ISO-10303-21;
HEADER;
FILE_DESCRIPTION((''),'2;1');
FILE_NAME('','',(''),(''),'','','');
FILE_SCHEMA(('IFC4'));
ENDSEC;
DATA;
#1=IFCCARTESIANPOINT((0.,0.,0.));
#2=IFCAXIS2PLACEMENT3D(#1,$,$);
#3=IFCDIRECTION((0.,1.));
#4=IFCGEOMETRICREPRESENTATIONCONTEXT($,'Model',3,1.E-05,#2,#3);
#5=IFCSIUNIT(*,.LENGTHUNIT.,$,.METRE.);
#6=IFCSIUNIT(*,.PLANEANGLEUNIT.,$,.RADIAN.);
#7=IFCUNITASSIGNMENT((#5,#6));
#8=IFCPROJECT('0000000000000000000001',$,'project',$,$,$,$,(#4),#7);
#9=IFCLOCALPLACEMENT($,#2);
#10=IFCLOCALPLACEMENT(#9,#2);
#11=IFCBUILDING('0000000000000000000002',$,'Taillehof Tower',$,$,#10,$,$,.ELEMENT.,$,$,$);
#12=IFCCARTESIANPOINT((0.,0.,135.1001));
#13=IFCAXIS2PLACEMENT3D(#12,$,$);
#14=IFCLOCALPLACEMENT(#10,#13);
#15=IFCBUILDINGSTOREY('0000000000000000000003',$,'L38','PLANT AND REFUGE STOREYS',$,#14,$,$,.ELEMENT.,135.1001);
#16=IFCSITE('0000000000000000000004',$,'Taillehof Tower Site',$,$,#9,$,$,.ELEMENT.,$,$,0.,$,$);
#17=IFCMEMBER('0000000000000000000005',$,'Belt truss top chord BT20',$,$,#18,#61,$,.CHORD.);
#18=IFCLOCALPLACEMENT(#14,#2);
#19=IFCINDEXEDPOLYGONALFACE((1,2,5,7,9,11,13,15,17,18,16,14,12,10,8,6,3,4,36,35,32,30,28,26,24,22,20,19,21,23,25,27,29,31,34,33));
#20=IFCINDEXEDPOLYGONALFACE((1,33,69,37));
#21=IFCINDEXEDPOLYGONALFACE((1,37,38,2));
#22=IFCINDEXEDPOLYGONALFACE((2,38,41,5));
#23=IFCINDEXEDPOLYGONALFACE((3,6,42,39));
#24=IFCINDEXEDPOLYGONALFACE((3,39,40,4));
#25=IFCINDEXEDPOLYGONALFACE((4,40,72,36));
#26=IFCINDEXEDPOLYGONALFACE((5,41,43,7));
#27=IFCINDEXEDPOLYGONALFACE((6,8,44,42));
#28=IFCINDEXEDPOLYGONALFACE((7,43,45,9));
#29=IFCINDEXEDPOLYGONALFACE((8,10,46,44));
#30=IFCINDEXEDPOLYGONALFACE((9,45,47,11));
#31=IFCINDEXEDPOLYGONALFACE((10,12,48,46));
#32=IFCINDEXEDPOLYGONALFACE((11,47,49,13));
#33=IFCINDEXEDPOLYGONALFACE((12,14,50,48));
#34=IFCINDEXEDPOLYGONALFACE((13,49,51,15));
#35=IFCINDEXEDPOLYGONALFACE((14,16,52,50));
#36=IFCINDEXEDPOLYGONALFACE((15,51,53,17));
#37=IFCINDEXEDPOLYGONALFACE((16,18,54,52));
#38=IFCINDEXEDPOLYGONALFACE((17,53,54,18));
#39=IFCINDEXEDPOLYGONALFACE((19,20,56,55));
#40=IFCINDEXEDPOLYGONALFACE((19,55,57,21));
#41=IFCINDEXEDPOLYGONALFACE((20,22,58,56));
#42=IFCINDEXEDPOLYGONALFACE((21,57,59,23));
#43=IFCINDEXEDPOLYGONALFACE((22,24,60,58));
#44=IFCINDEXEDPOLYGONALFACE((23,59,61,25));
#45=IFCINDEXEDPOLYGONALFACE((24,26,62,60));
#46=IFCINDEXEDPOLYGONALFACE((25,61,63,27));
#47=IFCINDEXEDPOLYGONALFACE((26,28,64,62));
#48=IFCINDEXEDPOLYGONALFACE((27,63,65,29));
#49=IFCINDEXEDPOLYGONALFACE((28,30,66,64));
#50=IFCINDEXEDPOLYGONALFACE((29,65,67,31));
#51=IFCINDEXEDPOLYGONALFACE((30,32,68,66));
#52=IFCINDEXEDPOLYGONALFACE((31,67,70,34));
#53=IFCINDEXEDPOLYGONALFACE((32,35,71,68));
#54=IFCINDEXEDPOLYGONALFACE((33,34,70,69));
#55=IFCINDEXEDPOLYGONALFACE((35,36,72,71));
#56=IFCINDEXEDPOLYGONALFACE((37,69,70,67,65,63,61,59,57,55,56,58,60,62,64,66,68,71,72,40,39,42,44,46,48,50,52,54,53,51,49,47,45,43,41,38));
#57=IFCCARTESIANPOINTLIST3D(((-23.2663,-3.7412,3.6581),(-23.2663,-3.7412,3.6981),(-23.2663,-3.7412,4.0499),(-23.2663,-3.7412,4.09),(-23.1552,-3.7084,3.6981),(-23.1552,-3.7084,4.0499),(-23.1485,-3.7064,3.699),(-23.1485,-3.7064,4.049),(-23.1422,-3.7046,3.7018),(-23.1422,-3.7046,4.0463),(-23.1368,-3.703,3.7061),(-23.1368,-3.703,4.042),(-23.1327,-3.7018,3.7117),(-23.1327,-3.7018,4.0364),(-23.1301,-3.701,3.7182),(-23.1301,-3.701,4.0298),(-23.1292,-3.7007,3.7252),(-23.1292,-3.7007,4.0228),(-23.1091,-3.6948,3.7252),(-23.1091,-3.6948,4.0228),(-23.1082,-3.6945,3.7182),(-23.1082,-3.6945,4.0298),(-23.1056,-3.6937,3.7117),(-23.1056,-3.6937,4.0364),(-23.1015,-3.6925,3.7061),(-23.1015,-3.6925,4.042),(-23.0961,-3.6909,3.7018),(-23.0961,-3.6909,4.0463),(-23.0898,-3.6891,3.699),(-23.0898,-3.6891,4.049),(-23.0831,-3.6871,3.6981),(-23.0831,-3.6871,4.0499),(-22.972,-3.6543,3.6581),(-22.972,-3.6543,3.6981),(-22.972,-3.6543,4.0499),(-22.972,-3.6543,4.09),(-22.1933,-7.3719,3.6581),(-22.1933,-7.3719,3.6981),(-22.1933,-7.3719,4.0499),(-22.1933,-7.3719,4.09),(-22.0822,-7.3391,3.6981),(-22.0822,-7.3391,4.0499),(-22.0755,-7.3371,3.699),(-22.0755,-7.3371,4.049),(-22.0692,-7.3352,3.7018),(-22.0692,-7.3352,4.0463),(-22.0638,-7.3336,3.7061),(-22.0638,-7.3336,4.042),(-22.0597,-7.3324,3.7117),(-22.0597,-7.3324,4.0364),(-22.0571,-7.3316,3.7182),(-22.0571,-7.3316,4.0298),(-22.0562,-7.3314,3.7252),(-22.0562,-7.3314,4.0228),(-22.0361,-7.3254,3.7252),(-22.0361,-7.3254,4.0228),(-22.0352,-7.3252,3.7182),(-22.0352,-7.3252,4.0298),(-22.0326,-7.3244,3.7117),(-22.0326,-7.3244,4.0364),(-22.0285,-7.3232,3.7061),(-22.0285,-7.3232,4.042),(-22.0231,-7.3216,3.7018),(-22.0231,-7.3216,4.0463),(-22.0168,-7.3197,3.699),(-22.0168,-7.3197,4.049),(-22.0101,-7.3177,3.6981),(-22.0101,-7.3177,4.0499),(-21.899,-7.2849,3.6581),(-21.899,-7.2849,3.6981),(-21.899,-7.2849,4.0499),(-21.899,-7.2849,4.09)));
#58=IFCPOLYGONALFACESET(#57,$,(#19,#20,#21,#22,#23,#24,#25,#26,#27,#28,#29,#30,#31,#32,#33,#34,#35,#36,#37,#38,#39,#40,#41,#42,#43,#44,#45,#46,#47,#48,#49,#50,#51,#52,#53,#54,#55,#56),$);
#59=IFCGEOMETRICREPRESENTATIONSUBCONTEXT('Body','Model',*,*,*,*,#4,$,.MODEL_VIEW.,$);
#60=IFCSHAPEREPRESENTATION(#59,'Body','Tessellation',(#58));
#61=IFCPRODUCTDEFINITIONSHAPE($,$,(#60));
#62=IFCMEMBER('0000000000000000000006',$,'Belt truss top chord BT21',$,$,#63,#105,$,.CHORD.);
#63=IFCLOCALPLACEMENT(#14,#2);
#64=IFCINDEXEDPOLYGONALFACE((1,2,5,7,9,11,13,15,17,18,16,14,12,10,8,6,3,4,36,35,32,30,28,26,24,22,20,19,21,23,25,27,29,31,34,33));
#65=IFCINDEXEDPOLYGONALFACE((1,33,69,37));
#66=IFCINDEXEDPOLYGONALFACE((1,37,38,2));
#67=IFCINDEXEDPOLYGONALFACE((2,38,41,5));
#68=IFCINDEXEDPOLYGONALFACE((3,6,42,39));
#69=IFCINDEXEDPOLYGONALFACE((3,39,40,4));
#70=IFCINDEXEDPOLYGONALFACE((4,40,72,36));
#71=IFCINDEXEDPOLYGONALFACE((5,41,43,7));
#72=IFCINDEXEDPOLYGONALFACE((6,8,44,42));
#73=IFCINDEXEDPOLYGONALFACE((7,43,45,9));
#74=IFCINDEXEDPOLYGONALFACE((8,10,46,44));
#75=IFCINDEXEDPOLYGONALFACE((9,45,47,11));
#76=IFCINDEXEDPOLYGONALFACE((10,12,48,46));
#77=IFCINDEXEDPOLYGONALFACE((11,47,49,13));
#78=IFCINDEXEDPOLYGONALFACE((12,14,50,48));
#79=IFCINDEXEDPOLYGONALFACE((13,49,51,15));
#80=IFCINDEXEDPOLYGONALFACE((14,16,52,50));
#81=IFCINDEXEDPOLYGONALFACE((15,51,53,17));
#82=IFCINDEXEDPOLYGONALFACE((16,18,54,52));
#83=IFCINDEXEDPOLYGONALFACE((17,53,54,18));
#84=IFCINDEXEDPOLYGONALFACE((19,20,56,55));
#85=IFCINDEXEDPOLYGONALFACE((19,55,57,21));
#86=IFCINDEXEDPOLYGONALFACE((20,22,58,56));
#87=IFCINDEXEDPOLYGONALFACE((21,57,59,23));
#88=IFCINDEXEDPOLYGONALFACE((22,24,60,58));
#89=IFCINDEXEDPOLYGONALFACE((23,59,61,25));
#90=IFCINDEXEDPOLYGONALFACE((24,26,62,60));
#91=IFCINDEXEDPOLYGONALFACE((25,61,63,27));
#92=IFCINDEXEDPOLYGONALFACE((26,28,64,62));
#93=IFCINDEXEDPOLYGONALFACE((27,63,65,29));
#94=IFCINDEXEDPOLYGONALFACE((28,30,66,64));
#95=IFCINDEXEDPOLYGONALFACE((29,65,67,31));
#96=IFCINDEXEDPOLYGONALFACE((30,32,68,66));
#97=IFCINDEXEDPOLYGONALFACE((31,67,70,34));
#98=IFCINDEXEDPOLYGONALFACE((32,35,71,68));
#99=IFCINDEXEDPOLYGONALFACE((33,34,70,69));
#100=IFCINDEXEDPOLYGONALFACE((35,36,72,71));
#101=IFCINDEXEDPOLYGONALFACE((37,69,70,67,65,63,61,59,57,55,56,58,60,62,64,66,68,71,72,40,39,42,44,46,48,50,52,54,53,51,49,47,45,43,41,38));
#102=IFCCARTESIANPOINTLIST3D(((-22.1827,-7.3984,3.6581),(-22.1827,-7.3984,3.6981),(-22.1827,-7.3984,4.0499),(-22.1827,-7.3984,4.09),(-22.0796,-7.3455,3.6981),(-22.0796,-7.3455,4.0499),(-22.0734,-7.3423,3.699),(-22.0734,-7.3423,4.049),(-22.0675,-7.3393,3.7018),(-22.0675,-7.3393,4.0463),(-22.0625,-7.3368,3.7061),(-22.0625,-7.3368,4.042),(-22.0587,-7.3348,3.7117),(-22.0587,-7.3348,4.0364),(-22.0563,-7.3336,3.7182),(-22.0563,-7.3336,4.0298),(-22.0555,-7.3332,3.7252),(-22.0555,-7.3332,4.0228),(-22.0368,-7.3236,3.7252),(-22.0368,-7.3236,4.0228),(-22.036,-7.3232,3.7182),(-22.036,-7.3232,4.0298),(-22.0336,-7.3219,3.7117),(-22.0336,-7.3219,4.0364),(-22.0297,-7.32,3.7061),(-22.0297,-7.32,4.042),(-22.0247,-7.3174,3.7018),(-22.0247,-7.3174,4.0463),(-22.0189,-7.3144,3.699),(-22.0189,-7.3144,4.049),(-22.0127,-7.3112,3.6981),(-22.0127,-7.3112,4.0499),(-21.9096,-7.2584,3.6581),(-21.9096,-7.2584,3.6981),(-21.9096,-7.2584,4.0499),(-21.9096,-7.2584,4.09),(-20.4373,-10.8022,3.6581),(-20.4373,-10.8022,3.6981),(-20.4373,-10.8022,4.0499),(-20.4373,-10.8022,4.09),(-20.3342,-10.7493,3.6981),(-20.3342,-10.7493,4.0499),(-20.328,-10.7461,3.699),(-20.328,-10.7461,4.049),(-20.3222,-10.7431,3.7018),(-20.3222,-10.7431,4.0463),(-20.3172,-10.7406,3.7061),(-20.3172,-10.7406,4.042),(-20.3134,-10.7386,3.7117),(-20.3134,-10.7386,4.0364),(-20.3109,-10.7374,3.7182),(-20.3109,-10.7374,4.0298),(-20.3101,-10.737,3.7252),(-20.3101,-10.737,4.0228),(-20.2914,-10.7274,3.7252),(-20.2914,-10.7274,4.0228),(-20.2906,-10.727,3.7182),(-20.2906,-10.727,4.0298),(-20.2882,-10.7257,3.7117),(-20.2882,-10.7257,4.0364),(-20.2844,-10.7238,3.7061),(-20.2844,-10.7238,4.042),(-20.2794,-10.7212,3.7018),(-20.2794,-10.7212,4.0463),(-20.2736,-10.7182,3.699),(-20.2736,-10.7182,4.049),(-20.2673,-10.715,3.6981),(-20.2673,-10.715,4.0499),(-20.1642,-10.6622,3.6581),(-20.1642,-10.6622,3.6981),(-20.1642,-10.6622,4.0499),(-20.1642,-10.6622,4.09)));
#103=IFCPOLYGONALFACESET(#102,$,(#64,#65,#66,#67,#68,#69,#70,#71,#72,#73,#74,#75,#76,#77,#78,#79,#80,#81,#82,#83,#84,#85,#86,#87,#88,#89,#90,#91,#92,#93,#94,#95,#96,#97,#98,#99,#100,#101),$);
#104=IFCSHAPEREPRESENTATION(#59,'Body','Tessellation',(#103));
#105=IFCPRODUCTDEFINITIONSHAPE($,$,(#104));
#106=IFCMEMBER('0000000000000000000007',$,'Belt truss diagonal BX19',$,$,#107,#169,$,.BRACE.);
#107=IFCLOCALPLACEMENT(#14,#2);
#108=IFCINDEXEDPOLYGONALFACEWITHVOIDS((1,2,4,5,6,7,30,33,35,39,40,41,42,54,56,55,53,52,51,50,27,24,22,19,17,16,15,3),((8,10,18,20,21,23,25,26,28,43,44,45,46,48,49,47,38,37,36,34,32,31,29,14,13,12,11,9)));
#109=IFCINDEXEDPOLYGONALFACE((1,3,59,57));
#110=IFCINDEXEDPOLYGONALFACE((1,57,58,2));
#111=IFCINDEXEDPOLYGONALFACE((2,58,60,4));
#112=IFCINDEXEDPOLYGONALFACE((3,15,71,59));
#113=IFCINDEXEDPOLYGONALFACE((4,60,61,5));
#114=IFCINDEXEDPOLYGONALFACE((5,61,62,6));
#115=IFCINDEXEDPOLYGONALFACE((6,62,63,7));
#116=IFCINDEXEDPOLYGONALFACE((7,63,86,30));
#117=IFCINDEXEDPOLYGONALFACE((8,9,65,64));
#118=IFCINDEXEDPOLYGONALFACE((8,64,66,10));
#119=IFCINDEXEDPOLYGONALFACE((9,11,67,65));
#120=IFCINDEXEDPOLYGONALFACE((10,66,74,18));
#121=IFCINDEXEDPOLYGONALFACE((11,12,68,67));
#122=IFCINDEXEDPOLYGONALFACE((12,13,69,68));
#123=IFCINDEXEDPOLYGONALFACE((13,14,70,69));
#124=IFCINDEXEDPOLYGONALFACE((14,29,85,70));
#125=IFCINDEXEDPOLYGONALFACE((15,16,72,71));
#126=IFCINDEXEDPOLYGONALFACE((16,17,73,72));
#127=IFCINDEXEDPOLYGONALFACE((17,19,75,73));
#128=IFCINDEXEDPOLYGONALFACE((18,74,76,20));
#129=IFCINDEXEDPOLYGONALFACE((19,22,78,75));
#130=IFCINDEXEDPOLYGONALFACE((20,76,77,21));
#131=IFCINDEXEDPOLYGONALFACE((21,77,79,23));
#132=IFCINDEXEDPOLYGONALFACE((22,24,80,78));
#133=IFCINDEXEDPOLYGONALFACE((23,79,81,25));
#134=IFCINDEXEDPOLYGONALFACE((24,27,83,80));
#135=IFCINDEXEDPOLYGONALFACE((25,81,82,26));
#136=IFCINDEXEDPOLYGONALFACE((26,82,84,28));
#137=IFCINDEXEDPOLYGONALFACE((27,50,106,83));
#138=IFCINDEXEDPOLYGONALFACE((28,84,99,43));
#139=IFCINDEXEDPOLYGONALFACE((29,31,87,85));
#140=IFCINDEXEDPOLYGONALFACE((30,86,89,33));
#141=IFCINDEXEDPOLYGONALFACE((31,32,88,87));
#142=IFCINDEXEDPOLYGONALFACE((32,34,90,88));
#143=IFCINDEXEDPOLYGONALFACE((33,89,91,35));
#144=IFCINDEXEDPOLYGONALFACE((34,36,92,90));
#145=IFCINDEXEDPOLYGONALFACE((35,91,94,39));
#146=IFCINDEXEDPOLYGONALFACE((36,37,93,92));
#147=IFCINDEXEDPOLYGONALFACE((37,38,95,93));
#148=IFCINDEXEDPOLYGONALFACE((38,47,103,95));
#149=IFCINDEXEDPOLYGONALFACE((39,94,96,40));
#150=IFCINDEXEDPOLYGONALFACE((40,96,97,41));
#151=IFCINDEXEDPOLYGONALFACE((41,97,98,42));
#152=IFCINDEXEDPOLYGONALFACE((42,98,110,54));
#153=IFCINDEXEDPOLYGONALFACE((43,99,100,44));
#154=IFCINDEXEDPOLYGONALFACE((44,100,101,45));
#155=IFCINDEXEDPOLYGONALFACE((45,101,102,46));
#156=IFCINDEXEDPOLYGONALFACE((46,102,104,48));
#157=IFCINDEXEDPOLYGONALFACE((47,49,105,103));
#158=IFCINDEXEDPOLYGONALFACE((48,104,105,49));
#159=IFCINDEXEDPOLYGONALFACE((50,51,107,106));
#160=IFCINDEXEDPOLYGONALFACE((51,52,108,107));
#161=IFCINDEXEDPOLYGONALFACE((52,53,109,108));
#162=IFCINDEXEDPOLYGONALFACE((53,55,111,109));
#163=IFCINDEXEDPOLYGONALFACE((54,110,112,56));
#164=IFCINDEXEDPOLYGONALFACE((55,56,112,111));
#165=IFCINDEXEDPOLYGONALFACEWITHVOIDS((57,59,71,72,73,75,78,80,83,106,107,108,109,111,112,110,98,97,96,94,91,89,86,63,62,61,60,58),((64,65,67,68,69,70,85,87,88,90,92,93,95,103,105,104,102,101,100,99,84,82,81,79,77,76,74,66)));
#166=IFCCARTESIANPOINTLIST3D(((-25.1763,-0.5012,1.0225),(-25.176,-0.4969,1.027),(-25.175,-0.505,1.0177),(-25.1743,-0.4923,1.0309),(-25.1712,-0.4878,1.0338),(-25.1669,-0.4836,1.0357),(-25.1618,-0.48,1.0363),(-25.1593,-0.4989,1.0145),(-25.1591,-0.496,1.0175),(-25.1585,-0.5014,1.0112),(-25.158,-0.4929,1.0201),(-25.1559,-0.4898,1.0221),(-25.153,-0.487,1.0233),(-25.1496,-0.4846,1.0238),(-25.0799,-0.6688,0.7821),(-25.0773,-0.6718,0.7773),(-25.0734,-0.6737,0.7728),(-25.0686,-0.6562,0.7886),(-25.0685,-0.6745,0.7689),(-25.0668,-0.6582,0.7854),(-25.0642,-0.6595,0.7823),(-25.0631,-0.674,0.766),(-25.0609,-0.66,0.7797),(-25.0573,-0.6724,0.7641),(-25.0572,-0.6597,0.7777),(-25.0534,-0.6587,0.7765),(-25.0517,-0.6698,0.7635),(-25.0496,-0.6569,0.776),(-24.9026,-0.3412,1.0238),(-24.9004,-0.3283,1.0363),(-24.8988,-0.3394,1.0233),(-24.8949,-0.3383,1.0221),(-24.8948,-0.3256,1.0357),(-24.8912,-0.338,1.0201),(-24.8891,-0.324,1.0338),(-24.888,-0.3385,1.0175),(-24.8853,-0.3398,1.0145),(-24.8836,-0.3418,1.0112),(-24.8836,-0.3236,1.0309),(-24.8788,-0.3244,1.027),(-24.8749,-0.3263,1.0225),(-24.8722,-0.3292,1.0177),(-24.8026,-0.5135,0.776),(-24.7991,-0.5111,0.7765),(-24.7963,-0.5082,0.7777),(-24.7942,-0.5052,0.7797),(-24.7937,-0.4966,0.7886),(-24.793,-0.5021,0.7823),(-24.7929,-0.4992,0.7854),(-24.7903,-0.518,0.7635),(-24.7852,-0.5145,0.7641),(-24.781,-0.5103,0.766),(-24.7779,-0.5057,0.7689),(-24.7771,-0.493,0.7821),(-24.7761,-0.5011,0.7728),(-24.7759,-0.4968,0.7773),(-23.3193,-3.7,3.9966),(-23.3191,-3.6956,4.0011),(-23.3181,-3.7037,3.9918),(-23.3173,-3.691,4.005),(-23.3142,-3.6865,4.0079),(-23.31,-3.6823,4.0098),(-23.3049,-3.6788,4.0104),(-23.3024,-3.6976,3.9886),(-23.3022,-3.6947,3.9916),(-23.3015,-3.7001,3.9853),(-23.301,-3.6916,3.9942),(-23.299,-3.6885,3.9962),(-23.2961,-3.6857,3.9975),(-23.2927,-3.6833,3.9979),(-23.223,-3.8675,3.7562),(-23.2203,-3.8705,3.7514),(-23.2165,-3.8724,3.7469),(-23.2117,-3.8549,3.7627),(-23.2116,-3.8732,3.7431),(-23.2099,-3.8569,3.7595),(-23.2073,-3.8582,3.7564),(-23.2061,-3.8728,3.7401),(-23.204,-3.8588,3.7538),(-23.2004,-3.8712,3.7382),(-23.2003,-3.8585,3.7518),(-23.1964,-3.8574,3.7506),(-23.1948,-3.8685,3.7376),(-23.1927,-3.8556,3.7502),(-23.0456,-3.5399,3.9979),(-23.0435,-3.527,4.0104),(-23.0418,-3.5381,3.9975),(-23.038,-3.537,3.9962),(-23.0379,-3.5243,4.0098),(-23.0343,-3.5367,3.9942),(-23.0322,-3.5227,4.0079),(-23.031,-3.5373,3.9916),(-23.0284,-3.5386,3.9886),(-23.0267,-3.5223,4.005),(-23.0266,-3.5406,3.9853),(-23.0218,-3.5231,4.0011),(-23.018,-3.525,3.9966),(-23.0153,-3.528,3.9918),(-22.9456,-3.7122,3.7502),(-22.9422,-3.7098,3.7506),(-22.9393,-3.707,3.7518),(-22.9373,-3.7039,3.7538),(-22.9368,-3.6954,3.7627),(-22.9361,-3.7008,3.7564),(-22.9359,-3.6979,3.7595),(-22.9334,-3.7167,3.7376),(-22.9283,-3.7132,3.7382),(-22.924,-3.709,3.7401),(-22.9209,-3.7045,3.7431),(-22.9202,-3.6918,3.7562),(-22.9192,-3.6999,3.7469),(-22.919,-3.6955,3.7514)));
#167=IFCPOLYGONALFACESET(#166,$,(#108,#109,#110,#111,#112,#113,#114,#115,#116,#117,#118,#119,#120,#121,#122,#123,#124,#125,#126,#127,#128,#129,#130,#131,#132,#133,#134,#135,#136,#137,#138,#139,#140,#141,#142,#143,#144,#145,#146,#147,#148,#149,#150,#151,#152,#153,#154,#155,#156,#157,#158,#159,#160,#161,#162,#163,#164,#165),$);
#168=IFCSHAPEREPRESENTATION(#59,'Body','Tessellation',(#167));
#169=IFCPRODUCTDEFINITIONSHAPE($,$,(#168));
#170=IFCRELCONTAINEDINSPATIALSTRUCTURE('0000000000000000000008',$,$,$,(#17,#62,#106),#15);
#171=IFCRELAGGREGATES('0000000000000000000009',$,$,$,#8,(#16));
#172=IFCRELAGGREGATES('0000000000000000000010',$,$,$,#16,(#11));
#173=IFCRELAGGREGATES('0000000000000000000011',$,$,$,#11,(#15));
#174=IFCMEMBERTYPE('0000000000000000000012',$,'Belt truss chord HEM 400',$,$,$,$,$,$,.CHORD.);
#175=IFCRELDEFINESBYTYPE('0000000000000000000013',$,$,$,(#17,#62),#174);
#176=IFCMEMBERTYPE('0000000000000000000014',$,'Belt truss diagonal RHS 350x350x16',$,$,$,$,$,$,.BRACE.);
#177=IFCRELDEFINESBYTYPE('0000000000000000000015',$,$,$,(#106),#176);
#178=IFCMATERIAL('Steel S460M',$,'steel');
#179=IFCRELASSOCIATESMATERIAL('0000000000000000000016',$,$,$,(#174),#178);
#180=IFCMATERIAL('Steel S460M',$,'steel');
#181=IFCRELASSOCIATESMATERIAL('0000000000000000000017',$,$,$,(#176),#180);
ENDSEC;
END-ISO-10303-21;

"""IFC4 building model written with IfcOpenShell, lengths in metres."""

from ifc_helpers import new_model, si_unit, direction, frame, origin, origin_2d, place, context, subcontext, project, spatial, hollow_rectangle, i_section, extrude, material, material_profile, profile_set, type_object, element, save


model = new_model("IFC4")

# Units and contexts
model_context = context("Model", 3, precision=1e-05, world=origin(), true_north=direction((0.0, 1.0)))
body_context = subcontext(model_context, "Body", "Model", "MODEL_VIEW")
ifc_project = project(units=[si_unit("LENGTHUNIT", "METRE"), si_unit("PLANEANGLEUNIT", "RADIAN")], contexts=[model_context])

# Site, building, storey
site_placement = place(None, origin())
site = spatial("IfcSite", under=ifc_project, at=site_placement, Name="Taillehof Tower Site", CompositionType="ELEMENT", RefElevation=0.0)
building_placement = place(site_placement, origin())
building = spatial("IfcBuilding", under=site, at=building_placement, Name="Taillehof Tower", CompositionType="ELEMENT")
storey_placement = place(building_placement, frame((0.0, 0.0, 135.1001)))
storey = spatial("IfcBuildingStorey", under=building, at=storey_placement, Name="L38", Description="PLANT AND REFUGE STOREYS", CompositionType="ELEMENT", Elevation=135.1001)

# Members
ifc_material_1 = material(Name="Steel S460M", Category="steel")
ifc_material_profile_1 = material_profile(ifc_material_1, i_section(OverallWidth=0.3069, OverallDepth=0.4319, WebThickness=0.021, FlangeThickness=0.04, FilletRadius=0.0271, at=origin_2d()), Name="HEM 400")
ifc_profile_set_1 = profile_set([ifc_material_profile_1], Name="Steel S460M")
member_type_1 = type_object("IfcMemberType", Name="Belt truss chord HEM 400", PredefinedType="CHORD", material=ifc_profile_set_1)
member_1_placement = place(storey_placement, frame((-23.1191, -3.6978, 3.874), z_axis=(0.283423, -0.958995, 0.0), x_axis=(0.958995, 0.283423, 0.0)))
element("IfcMember", 1, at=member_1_placement, inside=storey, type_object=member_type_1, Name="Belt truss top chord BT20", PredefinedType="CHORD", context=body_context, shape_type="SweptSolid", body=[
    extrude(i_section(OverallWidth=0.3069, OverallDepth=0.4319, WebThickness=0.021, FlangeThickness=0.04, FilletRadius=0.0271, at=origin_2d()), origin(), (0.0, 0.0, 1.0), 3.7859),
])
member_2_placement = place(storey_placement, frame((-22.0461, -7.3284, 3.874), z_axis=(0.456279, -0.889837, 0.0), x_axis=(0.889837, 0.456279, 0.0)))
element("IfcMember", 2, at=member_2_placement, inside=storey, type_object=member_type_1, Name="Belt truss top chord BT21", PredefinedType="CHORD", context=body_context, shape_type="SweptSolid", body=[
    extrude(i_section(OverallWidth=0.3069, OverallDepth=0.4319, WebThickness=0.021, FlangeThickness=0.04, FilletRadius=0.0271, at=origin_2d()), origin(), (0.0, 0.0, 1.0), 3.8252),
])
ifc_material_2 = material(Name="Steel S460M", Category="steel")
ifc_material_profile_2 = material_profile(ifc_material_2, hollow_rectangle(XDim=0.3501, YDim=0.3501, WallThickness=0.0161, InnerFilletRadius=0.0161, OuterFilletRadius=0.0239, at=origin_2d()), Name="RHS 350x350x16")
ifc_profile_set_2 = profile_set([ifc_material_profile_2], Name="Steel S460M")
member_type_2 = type_object("IfcMemberType", Name="Belt truss diagonal RHS 350x350x16", PredefinedType="BRACE", material=ifc_profile_set_2)
member_3_placement = place(storey_placement, frame((-24.9761, -0.499, 0.8999), z_axis=(0.391255, -0.67397, 0.626645), x_axis=(0.864835, 0.502056, 0.0)))
element("IfcMember", 3, at=member_3_placement, inside=storey, type_object=member_type_2, Name="Belt truss diagonal BX19", PredefinedType="BRACE", context=body_context, shape_type="SweptSolid", body=[
    extrude(hollow_rectangle(XDim=0.3501, YDim=0.3501, WallThickness=0.0161, InnerFilletRadius=0.0161, OuterFilletRadius=0.0239, at=origin_2d()), origin(), (0.0, 0.0, 1.0), 4.7461),
])

save(model, "model.ifc")
